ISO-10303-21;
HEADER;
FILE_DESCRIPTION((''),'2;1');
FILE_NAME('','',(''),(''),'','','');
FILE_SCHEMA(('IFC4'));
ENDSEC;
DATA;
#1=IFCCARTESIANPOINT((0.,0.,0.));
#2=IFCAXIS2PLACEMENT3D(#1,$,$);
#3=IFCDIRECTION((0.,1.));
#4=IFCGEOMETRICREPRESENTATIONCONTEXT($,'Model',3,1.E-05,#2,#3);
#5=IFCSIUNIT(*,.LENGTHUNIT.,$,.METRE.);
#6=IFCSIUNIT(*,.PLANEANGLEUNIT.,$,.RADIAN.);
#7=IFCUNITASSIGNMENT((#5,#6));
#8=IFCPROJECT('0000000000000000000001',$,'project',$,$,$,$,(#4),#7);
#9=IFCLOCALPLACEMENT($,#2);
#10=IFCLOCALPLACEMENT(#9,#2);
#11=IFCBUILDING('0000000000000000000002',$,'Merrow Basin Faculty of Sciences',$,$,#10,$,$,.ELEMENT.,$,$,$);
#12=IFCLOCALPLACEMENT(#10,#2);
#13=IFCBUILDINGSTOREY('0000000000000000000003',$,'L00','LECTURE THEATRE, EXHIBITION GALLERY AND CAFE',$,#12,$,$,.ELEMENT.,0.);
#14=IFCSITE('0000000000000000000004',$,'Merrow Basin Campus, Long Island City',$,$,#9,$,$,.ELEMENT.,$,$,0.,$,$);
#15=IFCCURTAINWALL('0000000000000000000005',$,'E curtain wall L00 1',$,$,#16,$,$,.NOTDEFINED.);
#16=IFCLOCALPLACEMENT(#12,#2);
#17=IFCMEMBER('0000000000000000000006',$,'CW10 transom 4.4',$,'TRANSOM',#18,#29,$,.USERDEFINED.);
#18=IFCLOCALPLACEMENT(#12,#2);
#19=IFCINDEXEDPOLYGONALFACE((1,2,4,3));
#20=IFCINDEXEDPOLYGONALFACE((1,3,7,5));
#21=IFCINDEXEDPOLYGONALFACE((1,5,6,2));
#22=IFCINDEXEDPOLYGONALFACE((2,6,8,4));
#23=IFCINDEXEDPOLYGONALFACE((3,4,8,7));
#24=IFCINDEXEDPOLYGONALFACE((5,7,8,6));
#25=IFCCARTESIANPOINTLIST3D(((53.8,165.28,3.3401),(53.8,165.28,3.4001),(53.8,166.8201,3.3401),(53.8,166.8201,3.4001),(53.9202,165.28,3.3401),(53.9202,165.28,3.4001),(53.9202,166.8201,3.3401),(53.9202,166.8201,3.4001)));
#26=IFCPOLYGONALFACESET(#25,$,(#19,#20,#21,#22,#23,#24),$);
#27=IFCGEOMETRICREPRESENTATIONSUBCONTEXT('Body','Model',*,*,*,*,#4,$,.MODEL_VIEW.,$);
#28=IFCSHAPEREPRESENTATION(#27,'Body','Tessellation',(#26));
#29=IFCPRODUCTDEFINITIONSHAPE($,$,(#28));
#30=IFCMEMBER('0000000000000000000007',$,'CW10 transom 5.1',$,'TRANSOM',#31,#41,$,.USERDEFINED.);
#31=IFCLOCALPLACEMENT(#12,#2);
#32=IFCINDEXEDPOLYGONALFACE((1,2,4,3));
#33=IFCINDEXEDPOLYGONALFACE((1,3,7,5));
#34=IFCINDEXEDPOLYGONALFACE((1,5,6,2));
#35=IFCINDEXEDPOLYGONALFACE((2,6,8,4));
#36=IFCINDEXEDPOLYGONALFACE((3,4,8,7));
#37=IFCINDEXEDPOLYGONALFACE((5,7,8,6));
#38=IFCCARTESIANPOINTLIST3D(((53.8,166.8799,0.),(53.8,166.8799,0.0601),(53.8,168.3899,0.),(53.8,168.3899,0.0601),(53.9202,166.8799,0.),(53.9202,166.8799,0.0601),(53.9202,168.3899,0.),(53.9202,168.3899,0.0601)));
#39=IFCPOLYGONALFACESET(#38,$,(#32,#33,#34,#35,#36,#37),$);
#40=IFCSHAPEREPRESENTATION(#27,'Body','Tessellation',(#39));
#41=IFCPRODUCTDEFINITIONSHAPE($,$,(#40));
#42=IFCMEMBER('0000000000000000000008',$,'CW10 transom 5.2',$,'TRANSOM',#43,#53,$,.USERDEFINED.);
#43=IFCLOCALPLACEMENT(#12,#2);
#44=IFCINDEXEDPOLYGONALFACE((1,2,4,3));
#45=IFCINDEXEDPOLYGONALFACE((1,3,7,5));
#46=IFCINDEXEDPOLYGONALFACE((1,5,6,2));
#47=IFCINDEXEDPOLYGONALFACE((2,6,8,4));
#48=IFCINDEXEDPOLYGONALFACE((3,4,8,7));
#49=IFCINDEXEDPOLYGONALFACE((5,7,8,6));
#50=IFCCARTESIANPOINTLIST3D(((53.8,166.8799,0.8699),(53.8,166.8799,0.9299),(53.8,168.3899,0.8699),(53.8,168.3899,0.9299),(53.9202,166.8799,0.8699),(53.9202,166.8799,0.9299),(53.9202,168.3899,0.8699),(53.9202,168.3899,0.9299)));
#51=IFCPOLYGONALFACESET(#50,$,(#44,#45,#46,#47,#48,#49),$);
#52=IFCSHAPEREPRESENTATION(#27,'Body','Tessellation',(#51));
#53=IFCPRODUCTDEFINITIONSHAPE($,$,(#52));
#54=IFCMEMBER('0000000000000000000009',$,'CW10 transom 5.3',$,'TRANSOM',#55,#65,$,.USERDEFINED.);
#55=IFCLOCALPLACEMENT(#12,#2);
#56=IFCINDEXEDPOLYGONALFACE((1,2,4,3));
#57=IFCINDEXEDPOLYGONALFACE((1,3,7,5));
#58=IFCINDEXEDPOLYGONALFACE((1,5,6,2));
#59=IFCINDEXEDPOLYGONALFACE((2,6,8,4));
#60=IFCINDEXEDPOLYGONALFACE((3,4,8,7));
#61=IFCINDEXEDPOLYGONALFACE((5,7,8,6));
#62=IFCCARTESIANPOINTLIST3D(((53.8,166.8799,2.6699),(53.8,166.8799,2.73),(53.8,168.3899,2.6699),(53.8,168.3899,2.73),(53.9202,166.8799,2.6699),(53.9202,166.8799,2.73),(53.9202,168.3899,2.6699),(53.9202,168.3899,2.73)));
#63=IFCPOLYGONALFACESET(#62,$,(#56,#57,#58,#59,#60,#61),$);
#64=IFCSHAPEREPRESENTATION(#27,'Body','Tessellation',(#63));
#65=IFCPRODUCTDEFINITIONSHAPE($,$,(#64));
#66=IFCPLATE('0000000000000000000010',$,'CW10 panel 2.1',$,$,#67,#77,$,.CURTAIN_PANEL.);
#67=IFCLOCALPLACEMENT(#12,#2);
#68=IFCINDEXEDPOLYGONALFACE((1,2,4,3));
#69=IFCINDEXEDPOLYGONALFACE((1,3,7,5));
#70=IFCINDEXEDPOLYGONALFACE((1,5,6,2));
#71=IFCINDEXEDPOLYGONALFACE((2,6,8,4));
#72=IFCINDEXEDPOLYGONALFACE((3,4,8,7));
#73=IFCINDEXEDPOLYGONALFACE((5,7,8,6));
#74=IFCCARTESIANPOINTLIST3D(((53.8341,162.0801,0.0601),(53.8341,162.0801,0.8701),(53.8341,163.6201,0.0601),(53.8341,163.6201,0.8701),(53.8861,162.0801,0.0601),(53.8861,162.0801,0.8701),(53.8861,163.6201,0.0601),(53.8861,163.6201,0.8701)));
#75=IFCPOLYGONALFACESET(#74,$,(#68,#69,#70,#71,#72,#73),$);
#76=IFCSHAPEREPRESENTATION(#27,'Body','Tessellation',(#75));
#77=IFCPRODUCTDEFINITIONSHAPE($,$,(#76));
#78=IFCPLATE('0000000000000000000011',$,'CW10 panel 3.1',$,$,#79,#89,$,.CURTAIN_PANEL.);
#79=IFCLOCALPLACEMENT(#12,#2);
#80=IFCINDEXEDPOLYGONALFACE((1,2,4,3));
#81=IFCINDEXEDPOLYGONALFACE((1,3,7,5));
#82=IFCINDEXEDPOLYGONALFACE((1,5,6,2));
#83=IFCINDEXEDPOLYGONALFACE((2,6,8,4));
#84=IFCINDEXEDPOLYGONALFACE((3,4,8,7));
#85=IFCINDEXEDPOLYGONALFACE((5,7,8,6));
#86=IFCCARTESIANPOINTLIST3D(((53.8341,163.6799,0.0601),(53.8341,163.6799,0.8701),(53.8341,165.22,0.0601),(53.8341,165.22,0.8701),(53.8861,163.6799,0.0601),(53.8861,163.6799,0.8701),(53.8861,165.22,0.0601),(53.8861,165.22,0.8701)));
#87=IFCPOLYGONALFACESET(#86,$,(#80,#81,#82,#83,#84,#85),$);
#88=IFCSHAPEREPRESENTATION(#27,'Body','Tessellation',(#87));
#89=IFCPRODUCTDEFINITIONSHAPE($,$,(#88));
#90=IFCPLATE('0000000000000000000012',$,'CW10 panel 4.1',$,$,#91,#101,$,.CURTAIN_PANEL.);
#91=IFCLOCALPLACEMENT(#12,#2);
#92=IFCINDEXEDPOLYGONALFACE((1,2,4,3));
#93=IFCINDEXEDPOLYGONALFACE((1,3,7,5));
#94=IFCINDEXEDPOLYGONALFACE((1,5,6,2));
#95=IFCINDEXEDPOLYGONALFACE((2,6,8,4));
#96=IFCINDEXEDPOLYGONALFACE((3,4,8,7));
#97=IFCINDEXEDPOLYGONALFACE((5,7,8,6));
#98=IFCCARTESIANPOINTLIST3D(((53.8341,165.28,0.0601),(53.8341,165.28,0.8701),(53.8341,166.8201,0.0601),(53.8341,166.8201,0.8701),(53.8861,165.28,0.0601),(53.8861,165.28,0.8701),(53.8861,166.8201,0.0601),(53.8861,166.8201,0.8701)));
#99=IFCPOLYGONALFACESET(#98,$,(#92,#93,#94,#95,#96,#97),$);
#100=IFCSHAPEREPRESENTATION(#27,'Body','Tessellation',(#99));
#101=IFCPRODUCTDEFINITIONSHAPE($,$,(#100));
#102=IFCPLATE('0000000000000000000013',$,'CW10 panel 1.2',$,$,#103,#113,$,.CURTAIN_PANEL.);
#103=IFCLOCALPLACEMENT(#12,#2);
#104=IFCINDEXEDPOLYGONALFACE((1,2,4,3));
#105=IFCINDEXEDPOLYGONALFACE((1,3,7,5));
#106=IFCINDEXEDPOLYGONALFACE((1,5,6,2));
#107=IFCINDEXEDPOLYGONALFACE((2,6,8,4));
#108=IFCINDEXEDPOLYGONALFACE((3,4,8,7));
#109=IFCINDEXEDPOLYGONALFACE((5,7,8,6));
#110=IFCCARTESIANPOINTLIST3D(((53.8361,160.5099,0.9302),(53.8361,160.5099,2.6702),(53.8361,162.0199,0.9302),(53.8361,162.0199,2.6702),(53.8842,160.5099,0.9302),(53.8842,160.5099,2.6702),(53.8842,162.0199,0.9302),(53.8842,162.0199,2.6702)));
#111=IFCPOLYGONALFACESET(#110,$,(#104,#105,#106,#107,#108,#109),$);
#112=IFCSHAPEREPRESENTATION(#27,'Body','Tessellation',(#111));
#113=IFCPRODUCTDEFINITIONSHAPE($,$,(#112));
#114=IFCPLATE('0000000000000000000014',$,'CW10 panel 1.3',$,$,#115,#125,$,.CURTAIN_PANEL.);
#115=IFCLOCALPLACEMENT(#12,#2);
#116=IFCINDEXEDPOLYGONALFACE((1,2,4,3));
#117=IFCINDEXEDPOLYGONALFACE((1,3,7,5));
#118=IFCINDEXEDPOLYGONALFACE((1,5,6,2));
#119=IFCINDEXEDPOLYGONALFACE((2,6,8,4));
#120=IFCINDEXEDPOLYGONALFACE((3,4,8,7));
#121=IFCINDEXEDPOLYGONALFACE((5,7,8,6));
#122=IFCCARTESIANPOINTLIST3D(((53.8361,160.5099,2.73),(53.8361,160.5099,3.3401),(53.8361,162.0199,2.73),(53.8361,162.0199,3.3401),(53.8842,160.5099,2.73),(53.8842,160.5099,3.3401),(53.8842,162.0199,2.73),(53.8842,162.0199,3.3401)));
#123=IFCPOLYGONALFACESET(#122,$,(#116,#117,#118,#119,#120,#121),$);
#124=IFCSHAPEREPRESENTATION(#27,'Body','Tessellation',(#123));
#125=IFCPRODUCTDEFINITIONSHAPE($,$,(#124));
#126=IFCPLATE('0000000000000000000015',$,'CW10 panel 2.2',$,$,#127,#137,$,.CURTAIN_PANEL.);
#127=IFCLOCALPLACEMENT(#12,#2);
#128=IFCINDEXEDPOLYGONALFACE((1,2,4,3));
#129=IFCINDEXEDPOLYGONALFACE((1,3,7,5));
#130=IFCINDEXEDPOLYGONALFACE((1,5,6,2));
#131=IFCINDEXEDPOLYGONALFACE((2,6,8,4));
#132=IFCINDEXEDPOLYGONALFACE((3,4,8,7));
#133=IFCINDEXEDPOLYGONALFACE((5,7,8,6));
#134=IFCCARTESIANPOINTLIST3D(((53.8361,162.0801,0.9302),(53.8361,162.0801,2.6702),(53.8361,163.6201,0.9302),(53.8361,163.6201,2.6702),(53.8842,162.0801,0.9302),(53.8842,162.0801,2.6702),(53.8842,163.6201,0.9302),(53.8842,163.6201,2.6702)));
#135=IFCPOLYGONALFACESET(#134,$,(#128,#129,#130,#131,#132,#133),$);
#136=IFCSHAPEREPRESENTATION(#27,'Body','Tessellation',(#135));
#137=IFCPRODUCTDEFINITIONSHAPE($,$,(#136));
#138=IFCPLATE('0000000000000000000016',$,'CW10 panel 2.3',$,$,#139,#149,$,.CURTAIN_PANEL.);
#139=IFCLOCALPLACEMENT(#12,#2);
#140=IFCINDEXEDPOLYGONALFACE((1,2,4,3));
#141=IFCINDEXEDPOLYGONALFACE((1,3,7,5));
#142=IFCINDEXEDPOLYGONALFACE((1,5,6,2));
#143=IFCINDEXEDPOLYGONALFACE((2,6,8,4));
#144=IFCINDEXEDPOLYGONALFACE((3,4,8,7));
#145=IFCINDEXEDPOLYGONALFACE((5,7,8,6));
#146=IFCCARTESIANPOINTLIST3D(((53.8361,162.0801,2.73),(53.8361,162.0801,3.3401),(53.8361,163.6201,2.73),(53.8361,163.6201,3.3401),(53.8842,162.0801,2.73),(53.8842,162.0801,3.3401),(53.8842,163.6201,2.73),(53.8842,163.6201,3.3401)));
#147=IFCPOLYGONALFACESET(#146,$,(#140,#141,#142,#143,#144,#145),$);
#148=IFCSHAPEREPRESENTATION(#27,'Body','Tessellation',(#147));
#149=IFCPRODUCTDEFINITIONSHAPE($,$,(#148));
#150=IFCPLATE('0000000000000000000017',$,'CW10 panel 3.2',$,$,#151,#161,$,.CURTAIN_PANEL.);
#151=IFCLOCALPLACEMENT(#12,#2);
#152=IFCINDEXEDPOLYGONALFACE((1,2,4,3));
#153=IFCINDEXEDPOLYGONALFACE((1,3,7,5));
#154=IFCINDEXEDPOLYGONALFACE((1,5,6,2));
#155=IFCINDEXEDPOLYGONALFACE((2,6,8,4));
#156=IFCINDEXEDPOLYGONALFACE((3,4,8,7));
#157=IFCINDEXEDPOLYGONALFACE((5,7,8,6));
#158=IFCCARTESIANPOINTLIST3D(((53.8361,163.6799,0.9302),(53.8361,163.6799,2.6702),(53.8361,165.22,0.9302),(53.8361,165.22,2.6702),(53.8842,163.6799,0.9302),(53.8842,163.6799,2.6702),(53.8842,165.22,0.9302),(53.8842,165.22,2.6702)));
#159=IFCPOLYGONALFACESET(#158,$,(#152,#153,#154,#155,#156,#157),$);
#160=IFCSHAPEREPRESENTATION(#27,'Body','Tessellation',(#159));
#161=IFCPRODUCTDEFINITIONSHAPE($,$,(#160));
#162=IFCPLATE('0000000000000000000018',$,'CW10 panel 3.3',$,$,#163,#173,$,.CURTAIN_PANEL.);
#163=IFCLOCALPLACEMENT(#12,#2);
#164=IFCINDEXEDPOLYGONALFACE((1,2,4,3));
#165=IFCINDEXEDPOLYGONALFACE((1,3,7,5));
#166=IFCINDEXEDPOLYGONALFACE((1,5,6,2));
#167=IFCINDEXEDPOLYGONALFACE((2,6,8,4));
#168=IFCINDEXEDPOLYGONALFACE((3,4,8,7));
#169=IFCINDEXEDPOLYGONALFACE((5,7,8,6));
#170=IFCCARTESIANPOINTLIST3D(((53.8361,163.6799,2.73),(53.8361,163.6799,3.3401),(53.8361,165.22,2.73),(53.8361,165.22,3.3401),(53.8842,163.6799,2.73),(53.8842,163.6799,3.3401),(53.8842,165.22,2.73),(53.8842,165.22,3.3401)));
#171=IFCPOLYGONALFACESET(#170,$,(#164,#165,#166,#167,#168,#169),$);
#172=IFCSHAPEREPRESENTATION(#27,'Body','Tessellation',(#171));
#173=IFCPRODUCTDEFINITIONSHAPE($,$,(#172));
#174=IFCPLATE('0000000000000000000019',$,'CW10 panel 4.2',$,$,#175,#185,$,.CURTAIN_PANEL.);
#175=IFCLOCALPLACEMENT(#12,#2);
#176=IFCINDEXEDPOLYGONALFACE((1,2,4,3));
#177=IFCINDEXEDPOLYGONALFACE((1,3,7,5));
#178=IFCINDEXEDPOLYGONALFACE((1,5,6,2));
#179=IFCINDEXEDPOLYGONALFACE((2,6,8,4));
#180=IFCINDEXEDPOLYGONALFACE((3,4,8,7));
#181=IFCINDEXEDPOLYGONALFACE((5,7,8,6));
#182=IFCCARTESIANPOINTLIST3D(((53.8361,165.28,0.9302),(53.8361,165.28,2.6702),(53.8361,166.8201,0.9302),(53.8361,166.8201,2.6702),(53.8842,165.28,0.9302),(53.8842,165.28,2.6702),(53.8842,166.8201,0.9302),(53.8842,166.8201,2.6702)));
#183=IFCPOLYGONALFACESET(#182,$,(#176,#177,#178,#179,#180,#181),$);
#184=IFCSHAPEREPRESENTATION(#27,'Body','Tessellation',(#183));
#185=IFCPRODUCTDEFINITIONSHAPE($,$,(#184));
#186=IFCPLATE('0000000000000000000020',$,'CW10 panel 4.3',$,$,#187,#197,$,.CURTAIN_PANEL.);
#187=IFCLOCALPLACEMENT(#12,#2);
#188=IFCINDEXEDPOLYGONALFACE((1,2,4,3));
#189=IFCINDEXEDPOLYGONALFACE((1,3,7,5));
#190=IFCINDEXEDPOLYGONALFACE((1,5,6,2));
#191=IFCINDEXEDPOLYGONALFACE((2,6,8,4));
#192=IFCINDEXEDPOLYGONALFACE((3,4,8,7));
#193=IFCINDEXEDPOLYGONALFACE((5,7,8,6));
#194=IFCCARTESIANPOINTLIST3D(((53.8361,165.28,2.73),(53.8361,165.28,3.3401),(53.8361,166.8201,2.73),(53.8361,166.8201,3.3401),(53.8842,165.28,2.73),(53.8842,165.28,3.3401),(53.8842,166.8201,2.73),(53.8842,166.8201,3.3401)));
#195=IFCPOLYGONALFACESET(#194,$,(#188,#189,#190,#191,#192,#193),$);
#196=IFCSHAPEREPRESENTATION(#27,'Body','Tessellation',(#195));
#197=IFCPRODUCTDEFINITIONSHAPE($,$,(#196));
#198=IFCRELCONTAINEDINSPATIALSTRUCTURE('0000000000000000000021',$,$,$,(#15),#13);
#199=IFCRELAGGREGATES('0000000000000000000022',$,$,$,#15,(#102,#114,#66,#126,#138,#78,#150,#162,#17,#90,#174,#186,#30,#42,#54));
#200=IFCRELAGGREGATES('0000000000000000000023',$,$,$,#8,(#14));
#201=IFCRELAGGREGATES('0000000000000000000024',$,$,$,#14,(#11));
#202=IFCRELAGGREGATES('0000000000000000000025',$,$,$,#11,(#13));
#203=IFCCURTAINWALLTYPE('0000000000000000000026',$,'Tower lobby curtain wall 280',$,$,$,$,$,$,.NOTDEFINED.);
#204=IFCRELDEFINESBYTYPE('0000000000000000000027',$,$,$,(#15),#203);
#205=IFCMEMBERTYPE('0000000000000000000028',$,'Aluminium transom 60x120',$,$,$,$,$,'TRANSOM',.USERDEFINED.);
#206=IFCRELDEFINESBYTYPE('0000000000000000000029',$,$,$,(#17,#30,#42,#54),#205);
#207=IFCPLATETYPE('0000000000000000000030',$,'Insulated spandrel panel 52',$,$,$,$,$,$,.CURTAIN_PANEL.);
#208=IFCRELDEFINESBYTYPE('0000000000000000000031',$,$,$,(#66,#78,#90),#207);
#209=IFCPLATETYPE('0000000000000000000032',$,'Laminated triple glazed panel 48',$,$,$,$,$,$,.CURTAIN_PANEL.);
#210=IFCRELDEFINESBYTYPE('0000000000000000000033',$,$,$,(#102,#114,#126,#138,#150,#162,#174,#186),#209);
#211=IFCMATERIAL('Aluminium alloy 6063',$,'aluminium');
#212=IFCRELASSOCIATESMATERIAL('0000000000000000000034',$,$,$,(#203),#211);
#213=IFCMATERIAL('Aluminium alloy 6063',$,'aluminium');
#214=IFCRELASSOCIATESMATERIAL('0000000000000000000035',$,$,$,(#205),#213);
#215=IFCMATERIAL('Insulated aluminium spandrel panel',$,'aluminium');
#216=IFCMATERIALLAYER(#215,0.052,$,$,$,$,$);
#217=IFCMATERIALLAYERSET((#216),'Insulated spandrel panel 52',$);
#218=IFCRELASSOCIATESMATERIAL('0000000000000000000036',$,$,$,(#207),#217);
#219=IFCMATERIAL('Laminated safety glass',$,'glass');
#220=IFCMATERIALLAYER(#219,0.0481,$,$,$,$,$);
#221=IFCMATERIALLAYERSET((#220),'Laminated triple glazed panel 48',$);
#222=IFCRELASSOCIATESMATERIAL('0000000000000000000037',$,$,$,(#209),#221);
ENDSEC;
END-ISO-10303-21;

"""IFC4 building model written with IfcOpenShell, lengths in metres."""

from ifc_helpers import new_model, si_unit, direction, frame, origin, origin_2d, place, context, subcontext, project, spatial, rectangle, extrude, material, layer, layer_set, material_profile, profile_set, type_object, element, aggregate, save


model = new_model("IFC4")

# Units and contexts
model_context = context("Model", 3, precision=1e-05, world=origin(), true_north=direction((0.0, 1.0)))
body_context = subcontext(model_context, "Body", "Model", "MODEL_VIEW")
ifc_project = project(units=[si_unit("LENGTHUNIT", "METRE"), si_unit("PLANEANGLEUNIT", "RADIAN")], contexts=[model_context])

# Site, building, storey
site_placement = place(None, origin())
site = spatial("IfcSite", under=ifc_project, at=site_placement, Name="Merrow Basin Campus, Long Island City", CompositionType="ELEMENT", RefElevation=0.0)
building_placement = place(site_placement, origin())
building = spatial("IfcBuilding", under=site, at=building_placement, Name="Merrow Basin Faculty of Sciences", CompositionType="ELEMENT")
storey_placement = place(building_placement, origin())
storey = spatial("IfcBuildingStorey", under=building, at=storey_placement, Name="L00", Description="LECTURE THEATRE, EXHIBITION GALLERY AND CAFE", CompositionType="ELEMENT", Elevation=0.0)

# Curtain wall, members, plates
ifc_material_1 = material(Name="Aluminium alloy 6063", Category="aluminium")
curtain_wall_type = type_object("IfcCurtainWallType", Name="Tower lobby curtain wall 280", PredefinedType="NOTDEFINED", material=ifc_material_1)
curtain_wall_placement = place(storey_placement, origin())
curtain_wall = element("IfcCurtainWall", 1, at=curtain_wall_placement, inside=storey, type_object=curtain_wall_type, Name="E curtain wall L00 1", PredefinedType="NOTDEFINED")
ifc_material_2 = material(Name="Aluminium alloy 6063", Category="aluminium")
ifc_material_profile_1 = material_profile(ifc_material_2, rectangle(XDim=0.1201, YDim=0.0601, at=origin_2d()))
ifc_profile_set_1 = profile_set([ifc_material_profile_1], Name="Aluminium alloy 6063")
member_type_1 = type_object("IfcMemberType", Name="Aluminium transom 60x120", ElementType="TRANSOM", PredefinedType="USERDEFINED", material=ifc_profile_set_1)
member_1_placement = place(storey_placement, frame((53.8601, 165.28, 3.3701), z_axis=(0.0, 1.0, 0.0), x_axis=(-1.0, 0.0, 0.0)))
member_1 = element("IfcMember", 2, at=member_1_placement, type_object=member_type_1, Name="CW10 transom 4.4", ObjectType="TRANSOM", PredefinedType="USERDEFINED", context=body_context, shape_type="SweptSolid", body=[
    extrude(rectangle(XDim=0.1201, YDim=0.0601, at=origin_2d()), origin(), (0.0, 0.0, 1.0), 1.54),
])
member_2_placement = place(storey_placement, frame((53.8601, 166.8799, 0.03), z_axis=(0.0, 1.0, 0.0), x_axis=(-1.0, 0.0, 0.0)))
member_2 = element("IfcMember", 3, at=member_2_placement, type_object=member_type_1, Name="CW10 transom 5.1", ObjectType="TRANSOM", PredefinedType="USERDEFINED", context=body_context, shape_type="SweptSolid", body=[
    extrude(rectangle(XDim=0.1201, YDim=0.0601, at=origin_2d()), origin(), (0.0, 0.0, 1.0), 1.51),
])
member_3_placement = place(storey_placement, frame((53.8601, 166.8799, 0.8999), z_axis=(0.0, 1.0, 0.0), x_axis=(-1.0, 0.0, 0.0)))
member_3 = element("IfcMember", 4, at=member_3_placement, type_object=member_type_1, Name="CW10 transom 5.2", ObjectType="TRANSOM", PredefinedType="USERDEFINED", context=body_context, shape_type="SweptSolid", body=[
    extrude(rectangle(XDim=0.1201, YDim=0.0601, at=origin_2d()), origin(), (0.0, 0.0, 1.0), 1.51),
])
member_4_placement = place(storey_placement, frame((53.8601, 166.8799, 2.7), z_axis=(0.0, 1.0, 0.0), x_axis=(-1.0, 0.0, 0.0)))
member_4 = element("IfcMember", 5, at=member_4_placement, type_object=member_type_1, Name="CW10 transom 5.3", ObjectType="TRANSOM", PredefinedType="USERDEFINED", context=body_context, shape_type="SweptSolid", body=[
    extrude(rectangle(XDim=0.1201, YDim=0.0601, at=origin_2d()), origin(), (0.0, 0.0, 1.0), 1.51),
])
ifc_material_3 = material(Name="Insulated aluminium spandrel panel", Category="aluminium")
ifc_layer_1 = layer(ifc_material_3, 0.052)
ifc_layer_set_1 = layer_set([ifc_layer_1], Name="Insulated spandrel panel 52")
plate_type_1 = type_object("IfcPlateType", Name="Insulated spandrel panel 52", PredefinedType="CURTAIN_PANEL", material=ifc_layer_set_1)
plate_1_placement = place(storey_placement, frame((53.8601, 162.8501, 0.0601), z_axis=(0.0, 0.0, 1.0), x_axis=(0.0, 1.0, 0.0)))
plate_1 = element("IfcPlate", 6, at=plate_1_placement, type_object=plate_type_1, Name="CW10 panel 2.1", PredefinedType="CURTAIN_PANEL", context=body_context, shape_type="SweptSolid", body=[
    extrude(rectangle(XDim=1.54, YDim=0.052, at=origin_2d()), origin(), (0.0, 0.0, 1.0), 0.8101),
])
plate_2_placement = place(storey_placement, frame((53.8601, 164.45, 0.0601), z_axis=(0.0, 0.0, 1.0), x_axis=(0.0, 1.0, 0.0)))
plate_2 = element("IfcPlate", 7, at=plate_2_placement, type_object=plate_type_1, Name="CW10 panel 3.1", PredefinedType="CURTAIN_PANEL", context=body_context, shape_type="SweptSolid", body=[
    extrude(rectangle(XDim=1.54, YDim=0.052, at=origin_2d()), origin(), (0.0, 0.0, 1.0), 0.8101),
])
plate_3_placement = place(storey_placement, frame((53.8601, 166.05, 0.0601), z_axis=(0.0, 0.0, 1.0), x_axis=(0.0, 1.0, 0.0)))
plate_3 = element("IfcPlate", 8, at=plate_3_placement, type_object=plate_type_1, Name="CW10 panel 4.1", PredefinedType="CURTAIN_PANEL", context=body_context, shape_type="SweptSolid", body=[
    extrude(rectangle(XDim=1.54, YDim=0.052, at=origin_2d()), origin(), (0.0, 0.0, 1.0), 0.8101),
])
ifc_material_4 = material(Name="Laminated safety glass", Category="glass")
ifc_layer_2 = layer(ifc_material_4, 0.0481)
ifc_layer_set_2 = layer_set([ifc_layer_2], Name="Laminated triple glazed panel 48")
plate_type_2 = type_object("IfcPlateType", Name="Laminated triple glazed panel 48", PredefinedType="CURTAIN_PANEL", material=ifc_layer_set_2)
plate_4_placement = place(storey_placement, frame((53.8601, 161.2649, 0.9302), z_axis=(0.0, 0.0, 1.0), x_axis=(0.0, 1.0, 0.0)))
plate_4 = element("IfcPlate", 9, at=plate_4_placement, type_object=plate_type_2, Name="CW10 panel 1.2", PredefinedType="CURTAIN_PANEL", context=body_context, shape_type="SweptSolid", body=[
    extrude(rectangle(XDim=1.51, YDim=0.0481, at=origin_2d()), origin(), (0.0, 0.0, 1.0), 1.74),
])
plate_5_placement = place(storey_placement, frame((53.8601, 161.2649, 2.73), z_axis=(0.0, 0.0, 1.0), x_axis=(0.0, 1.0, 0.0)))
plate_5 = element("IfcPlate", 10, at=plate_5_placement, type_object=plate_type_2, Name="CW10 panel 1.3", PredefinedType="CURTAIN_PANEL", context=body_context, shape_type="SweptSolid", body=[
    extrude(rectangle(XDim=1.51, YDim=0.0481, at=origin_2d()), origin(), (0.0, 0.0, 1.0), 0.6101),
])
plate_6_placement = place(storey_placement, frame((53.8601, 162.8501, 0.9302), z_axis=(0.0, 0.0, 1.0), x_axis=(0.0, 1.0, 0.0)))
plate_6 = element("IfcPlate", 11, at=plate_6_placement, type_object=plate_type_2, Name="CW10 panel 2.2", PredefinedType="CURTAIN_PANEL", context=body_context, shape_type="SweptSolid", body=[
    extrude(rectangle(XDim=1.54, YDim=0.0481, at=origin_2d()), origin(), (0.0, 0.0, 1.0), 1.74),
])
plate_7_placement = place(storey_placement, frame((53.8601, 162.8501, 2.73), z_axis=(0.0, 0.0, 1.0), x_axis=(0.0, 1.0, 0.0)))
plate_7 = element("IfcPlate", 12, at=plate_7_placement, type_object=plate_type_2, Name="CW10 panel 2.3", PredefinedType="CURTAIN_PANEL", context=body_context, shape_type="SweptSolid", body=[
    extrude(rectangle(XDim=1.54, YDim=0.0481, at=origin_2d()), origin(), (0.0, 0.0, 1.0), 0.6101),
])
plate_8_placement = place(storey_placement, frame((53.8601, 164.45, 0.9302), z_axis=(0.0, 0.0, 1.0), x_axis=(0.0, 1.0, 0.0)))
plate_8 = element("IfcPlate", 13, at=plate_8_placement, type_object=plate_type_2, Name="CW10 panel 3.2", PredefinedType="CURTAIN_PANEL", context=body_context, shape_type="SweptSolid", body=[
    extrude(rectangle(XDim=1.54, YDim=0.0481, at=origin_2d()), origin(), (0.0, 0.0, 1.0), 1.74),
])
plate_9_placement = place(storey_placement, frame((53.8601, 164.45, 2.73), z_axis=(0.0, 0.0, 1.0), x_axis=(0.0, 1.0, 0.0)))
plate_9 = element("IfcPlate", 14, at=plate_9_placement, type_object=plate_type_2, Name="CW10 panel 3.3", PredefinedType="CURTAIN_PANEL", context=body_context, shape_type="SweptSolid", body=[
    extrude(rectangle(XDim=1.54, YDim=0.0481, at=origin_2d()), origin(), (0.0, 0.0, 1.0), 0.6101),
])
plate_10_placement = place(storey_placement, frame((53.8601, 166.05, 0.9302), z_axis=(0.0, 0.0, 1.0), x_axis=(0.0, 1.0, 0.0)))
plate_10 = element("IfcPlate", 15, at=plate_10_placement, type_object=plate_type_2, Name="CW10 panel 4.2", PredefinedType="CURTAIN_PANEL", context=body_context, shape_type="SweptSolid", body=[
    extrude(rectangle(XDim=1.54, YDim=0.0481, at=origin_2d()), origin(), (0.0, 0.0, 1.0), 1.74),
])
plate_11_placement = place(storey_placement, frame((53.8601, 166.05, 2.73), z_axis=(0.0, 0.0, 1.0), x_axis=(0.0, 1.0, 0.0)))
plate_11 = element("IfcPlate", 16, at=plate_11_placement, type_object=plate_type_2, Name="CW10 panel 4.3", PredefinedType="CURTAIN_PANEL", context=body_context, shape_type="SweptSolid", body=[
    extrude(rectangle(XDim=1.54, YDim=0.0481, at=origin_2d()), origin(), (0.0, 0.0, 1.0), 0.6101),
])
aggregate(curtain_wall, [plate_4, plate_5, plate_1, plate_6, plate_7, plate_2, plate_8, plate_9, member_1, plate_3, plate_10, plate_11, member_2, member_3, member_4])

save(model, "model.ifc")
